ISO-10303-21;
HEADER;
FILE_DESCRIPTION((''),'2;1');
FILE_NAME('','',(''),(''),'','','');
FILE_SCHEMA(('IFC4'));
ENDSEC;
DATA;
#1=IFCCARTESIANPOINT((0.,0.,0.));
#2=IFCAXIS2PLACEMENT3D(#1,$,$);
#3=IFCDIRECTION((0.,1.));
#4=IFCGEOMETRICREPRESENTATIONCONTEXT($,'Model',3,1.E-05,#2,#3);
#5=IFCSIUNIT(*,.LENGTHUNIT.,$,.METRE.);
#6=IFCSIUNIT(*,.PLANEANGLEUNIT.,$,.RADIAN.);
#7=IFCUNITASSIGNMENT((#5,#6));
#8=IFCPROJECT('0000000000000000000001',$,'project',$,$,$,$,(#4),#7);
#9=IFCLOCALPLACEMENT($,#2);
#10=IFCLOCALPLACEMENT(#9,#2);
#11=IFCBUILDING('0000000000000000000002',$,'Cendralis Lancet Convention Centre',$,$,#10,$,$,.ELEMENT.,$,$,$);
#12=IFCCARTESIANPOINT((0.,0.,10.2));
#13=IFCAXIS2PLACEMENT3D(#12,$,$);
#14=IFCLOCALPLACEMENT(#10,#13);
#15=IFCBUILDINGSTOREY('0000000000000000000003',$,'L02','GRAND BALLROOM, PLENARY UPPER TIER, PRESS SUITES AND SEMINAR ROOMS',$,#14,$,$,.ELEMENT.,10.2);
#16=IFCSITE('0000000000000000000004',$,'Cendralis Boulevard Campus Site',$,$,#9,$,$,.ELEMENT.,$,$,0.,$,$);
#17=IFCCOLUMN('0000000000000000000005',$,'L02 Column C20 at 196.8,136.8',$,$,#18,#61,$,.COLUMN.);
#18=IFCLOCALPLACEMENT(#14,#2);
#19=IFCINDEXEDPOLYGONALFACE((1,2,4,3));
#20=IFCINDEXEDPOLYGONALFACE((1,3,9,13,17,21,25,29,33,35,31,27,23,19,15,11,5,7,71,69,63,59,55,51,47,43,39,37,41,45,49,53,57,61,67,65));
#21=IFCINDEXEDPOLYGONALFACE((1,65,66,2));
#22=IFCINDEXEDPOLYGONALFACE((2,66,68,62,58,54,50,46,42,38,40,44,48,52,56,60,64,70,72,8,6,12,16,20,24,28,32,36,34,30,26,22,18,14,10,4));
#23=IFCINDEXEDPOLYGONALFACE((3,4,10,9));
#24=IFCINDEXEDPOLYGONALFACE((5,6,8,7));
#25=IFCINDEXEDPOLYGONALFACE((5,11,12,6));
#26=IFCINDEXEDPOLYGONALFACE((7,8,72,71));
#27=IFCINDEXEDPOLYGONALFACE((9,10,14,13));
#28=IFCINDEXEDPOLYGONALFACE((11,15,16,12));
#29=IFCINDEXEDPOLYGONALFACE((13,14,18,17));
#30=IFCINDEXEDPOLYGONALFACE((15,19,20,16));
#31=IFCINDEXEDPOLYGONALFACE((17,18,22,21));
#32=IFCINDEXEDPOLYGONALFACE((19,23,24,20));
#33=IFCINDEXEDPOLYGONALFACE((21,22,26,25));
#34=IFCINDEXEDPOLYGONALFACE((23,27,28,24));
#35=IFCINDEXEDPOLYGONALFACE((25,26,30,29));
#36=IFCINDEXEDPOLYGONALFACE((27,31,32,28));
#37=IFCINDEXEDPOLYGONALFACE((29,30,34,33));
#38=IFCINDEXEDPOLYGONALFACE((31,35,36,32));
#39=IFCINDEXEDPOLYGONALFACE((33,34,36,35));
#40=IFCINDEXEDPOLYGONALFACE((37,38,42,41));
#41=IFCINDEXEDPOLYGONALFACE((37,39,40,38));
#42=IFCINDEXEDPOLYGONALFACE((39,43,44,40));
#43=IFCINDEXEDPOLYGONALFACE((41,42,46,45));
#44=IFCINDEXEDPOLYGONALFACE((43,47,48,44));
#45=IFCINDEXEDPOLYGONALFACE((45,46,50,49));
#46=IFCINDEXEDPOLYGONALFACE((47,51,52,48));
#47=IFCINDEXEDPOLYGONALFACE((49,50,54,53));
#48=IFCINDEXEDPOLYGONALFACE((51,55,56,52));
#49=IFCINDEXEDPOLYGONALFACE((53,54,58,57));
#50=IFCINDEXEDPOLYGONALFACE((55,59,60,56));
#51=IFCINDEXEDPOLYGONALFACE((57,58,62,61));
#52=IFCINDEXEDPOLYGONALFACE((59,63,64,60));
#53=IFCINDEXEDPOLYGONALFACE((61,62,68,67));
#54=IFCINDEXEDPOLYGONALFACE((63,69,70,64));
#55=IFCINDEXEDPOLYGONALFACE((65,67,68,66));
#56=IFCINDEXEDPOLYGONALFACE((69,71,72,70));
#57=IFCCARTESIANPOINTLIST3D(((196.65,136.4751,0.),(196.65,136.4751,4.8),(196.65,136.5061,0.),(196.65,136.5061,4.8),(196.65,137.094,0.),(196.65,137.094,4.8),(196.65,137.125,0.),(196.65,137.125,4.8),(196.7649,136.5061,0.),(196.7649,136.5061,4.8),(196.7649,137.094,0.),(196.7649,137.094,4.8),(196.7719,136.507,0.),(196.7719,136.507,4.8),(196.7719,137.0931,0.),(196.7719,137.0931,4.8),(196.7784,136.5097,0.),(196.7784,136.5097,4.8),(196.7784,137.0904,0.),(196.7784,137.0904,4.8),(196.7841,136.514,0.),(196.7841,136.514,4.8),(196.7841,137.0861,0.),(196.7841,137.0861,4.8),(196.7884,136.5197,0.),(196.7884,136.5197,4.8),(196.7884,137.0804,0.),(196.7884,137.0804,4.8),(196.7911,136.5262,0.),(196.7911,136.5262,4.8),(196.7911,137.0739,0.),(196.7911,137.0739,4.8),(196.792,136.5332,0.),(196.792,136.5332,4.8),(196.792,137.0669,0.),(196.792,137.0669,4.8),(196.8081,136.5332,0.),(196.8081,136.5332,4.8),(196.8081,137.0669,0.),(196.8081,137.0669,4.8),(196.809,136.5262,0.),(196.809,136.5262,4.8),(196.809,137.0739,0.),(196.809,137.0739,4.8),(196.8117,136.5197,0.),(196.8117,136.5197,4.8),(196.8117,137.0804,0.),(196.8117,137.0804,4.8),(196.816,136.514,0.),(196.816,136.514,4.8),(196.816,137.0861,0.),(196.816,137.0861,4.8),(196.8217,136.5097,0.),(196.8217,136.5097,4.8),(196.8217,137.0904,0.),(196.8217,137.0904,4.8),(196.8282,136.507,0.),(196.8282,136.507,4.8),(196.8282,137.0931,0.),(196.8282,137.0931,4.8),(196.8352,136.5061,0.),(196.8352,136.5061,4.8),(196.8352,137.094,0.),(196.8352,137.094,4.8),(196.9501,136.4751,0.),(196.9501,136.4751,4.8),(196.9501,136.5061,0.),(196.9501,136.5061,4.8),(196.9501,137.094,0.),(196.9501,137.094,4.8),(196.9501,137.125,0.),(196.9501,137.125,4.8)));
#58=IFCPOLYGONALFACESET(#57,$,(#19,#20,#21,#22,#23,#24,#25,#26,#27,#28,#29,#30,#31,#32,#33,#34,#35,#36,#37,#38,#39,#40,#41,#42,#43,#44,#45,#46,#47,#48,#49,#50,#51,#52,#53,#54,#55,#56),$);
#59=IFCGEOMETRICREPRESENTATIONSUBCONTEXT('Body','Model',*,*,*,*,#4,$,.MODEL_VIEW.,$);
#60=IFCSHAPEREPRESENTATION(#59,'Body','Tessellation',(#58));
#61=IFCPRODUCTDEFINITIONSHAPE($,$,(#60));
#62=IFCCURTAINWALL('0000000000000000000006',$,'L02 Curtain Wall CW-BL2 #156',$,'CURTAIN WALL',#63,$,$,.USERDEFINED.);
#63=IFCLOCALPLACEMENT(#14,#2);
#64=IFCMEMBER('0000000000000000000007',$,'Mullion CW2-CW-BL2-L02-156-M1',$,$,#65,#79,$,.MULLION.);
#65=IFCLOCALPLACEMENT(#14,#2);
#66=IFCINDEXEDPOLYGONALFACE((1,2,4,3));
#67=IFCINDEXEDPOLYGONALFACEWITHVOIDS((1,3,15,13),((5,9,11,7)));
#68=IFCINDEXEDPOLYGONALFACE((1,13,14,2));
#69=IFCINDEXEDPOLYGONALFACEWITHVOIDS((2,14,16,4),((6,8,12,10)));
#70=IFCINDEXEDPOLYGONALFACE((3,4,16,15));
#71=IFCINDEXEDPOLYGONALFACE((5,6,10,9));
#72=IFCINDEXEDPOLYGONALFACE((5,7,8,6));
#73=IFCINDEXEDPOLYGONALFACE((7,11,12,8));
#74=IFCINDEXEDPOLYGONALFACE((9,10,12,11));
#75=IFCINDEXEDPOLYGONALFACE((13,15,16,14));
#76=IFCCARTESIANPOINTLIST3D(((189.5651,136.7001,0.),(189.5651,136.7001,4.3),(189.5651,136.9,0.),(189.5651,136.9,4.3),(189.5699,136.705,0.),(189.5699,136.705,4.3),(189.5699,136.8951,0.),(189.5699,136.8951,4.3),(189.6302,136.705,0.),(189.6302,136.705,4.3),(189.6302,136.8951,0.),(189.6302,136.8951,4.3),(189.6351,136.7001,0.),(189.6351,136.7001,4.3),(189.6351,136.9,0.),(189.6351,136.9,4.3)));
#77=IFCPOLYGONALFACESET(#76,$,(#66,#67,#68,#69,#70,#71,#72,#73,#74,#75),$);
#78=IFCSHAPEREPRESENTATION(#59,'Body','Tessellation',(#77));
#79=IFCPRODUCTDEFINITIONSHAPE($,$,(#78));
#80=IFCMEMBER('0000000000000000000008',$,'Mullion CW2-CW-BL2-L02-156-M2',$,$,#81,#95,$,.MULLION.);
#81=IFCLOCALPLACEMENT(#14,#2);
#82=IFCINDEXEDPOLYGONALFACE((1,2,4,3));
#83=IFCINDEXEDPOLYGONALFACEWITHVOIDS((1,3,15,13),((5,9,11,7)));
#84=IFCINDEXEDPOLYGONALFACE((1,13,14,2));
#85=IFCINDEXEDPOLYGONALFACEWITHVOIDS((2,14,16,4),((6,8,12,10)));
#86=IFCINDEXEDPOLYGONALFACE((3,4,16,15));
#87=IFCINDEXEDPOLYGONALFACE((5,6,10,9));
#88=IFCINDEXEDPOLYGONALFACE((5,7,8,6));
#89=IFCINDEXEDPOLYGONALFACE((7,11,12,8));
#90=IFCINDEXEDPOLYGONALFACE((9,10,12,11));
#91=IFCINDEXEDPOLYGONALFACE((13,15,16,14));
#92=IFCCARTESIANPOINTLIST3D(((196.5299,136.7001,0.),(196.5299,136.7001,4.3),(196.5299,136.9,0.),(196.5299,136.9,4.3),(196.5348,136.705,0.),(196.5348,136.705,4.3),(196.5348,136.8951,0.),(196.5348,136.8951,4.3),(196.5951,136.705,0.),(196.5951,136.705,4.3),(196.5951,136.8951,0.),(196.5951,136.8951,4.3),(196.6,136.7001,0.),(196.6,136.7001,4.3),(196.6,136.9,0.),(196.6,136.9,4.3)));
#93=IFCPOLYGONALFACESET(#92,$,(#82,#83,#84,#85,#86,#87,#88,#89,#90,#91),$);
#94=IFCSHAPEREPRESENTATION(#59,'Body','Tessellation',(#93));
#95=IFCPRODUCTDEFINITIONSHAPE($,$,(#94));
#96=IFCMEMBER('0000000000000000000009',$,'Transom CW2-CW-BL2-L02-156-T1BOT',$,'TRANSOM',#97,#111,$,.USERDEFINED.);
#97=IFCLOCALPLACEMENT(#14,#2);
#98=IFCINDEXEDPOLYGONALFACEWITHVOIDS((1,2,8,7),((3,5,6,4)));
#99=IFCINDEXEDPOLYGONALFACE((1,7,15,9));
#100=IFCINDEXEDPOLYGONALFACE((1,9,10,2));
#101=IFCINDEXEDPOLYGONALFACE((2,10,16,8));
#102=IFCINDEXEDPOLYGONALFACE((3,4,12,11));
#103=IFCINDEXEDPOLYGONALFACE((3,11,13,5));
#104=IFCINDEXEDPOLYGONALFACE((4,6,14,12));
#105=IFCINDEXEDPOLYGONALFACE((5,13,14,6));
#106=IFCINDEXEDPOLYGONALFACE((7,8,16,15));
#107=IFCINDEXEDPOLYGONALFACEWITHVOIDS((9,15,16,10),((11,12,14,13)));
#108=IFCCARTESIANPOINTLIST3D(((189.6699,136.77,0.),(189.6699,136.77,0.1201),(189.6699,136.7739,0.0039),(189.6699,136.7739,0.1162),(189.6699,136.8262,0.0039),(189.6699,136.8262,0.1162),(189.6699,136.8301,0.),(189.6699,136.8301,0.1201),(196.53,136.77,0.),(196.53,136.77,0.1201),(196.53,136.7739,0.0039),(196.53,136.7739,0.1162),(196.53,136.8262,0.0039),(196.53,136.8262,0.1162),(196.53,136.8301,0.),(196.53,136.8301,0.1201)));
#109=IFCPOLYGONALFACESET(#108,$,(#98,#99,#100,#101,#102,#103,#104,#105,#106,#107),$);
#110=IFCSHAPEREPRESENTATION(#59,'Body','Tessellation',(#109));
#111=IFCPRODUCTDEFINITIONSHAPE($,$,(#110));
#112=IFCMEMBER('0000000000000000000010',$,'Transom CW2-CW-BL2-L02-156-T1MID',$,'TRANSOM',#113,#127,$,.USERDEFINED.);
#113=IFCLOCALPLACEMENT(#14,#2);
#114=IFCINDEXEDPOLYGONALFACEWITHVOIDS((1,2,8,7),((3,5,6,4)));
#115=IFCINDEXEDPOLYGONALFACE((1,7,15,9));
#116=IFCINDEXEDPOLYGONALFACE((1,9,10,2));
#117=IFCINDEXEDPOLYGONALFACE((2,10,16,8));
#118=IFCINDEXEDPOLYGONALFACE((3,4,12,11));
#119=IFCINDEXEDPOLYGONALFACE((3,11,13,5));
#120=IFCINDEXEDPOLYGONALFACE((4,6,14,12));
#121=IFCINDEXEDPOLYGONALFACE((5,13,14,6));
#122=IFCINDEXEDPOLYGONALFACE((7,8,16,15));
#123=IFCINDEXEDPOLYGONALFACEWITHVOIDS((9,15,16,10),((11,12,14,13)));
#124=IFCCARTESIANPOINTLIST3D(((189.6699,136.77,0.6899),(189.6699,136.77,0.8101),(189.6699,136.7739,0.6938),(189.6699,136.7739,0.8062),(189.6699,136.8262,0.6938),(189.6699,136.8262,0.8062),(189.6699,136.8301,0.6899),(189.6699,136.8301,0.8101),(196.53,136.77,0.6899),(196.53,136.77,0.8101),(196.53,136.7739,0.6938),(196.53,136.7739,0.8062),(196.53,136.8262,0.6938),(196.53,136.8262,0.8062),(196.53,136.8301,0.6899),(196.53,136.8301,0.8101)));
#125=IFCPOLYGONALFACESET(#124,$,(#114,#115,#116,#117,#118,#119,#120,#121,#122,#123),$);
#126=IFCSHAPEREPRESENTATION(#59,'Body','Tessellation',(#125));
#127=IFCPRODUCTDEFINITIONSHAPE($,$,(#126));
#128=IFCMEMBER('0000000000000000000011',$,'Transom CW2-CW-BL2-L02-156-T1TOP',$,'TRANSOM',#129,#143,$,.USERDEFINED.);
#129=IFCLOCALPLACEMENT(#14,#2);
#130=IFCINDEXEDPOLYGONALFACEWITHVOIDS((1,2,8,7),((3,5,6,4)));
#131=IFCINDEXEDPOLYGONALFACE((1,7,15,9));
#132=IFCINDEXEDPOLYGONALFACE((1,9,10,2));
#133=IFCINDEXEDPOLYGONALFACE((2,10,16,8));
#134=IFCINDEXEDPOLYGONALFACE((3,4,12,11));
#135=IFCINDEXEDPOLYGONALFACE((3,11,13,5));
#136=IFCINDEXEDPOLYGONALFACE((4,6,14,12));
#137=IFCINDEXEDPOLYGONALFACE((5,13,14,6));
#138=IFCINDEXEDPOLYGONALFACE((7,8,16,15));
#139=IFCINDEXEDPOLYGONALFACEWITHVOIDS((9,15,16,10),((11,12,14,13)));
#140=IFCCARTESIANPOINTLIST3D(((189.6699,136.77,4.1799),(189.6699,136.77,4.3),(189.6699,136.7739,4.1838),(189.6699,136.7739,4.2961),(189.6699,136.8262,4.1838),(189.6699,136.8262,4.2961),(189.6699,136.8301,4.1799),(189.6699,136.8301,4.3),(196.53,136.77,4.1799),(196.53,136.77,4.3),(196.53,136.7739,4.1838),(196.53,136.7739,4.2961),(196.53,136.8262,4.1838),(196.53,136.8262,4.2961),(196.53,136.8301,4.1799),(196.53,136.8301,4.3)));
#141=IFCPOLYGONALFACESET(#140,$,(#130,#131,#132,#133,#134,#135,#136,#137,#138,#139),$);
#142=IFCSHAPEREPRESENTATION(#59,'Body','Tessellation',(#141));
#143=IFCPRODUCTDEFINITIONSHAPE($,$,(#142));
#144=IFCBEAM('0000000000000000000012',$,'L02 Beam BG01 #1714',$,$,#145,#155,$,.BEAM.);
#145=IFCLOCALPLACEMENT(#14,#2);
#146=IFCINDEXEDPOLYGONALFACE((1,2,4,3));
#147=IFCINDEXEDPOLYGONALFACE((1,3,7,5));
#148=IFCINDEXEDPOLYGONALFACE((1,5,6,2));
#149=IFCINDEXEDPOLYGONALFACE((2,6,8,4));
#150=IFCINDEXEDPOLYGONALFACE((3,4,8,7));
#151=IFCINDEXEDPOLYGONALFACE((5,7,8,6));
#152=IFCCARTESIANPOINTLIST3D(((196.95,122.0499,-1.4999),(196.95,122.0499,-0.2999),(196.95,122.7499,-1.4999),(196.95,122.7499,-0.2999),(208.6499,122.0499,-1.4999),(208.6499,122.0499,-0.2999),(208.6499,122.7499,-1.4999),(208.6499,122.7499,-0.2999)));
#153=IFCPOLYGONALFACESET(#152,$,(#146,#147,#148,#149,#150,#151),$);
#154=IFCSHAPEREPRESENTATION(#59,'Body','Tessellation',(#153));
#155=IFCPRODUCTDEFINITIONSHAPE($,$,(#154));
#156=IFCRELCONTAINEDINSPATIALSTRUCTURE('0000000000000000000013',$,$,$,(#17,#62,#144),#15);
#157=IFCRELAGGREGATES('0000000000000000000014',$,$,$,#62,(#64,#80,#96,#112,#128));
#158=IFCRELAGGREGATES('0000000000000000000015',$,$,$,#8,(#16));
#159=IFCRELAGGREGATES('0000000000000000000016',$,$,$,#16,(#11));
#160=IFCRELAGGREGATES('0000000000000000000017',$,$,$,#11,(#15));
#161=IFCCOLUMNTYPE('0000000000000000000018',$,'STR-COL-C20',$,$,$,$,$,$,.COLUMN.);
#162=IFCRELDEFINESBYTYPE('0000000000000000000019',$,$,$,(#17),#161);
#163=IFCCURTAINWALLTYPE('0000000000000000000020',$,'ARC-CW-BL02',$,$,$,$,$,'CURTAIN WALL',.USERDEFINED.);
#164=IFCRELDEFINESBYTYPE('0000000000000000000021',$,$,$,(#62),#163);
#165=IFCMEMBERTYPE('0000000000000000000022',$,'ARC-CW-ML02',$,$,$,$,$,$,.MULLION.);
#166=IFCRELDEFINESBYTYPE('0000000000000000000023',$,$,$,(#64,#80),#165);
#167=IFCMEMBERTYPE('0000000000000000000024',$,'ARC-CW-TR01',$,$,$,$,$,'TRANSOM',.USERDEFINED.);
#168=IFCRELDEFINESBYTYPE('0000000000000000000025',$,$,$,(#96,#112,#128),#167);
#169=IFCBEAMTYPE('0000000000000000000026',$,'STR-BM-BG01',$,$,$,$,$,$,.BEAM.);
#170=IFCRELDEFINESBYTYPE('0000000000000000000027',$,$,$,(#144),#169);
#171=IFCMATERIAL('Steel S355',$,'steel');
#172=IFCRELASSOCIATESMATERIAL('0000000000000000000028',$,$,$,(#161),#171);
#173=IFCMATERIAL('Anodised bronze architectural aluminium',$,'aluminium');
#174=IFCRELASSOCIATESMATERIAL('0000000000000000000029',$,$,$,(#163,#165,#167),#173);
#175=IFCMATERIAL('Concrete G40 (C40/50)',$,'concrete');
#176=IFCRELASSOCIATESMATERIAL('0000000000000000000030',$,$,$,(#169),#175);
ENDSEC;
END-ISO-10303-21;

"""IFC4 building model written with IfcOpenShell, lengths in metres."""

from ifc_helpers import new_model, si_unit, direction, frame, origin, origin_2d, place, context, subcontext, project, spatial, rectangle, hollow_rectangle, i_section, extrude, material, material_profile, profile_set, type_object, element, aggregate, save


model = new_model("IFC4")

# Units and contexts
model_context = context("Model", 3, precision=1e-05, world=origin(), true_north=direction((0.0, 1.0)))
body_context = subcontext(model_context, "Body", "Model", "MODEL_VIEW")
ifc_project = project(units=[si_unit("LENGTHUNIT", "METRE"), si_unit("PLANEANGLEUNIT", "RADIAN")], contexts=[model_context])

# Site, building, storey
site_placement = place(None, origin())
site = spatial("IfcSite", under=ifc_project, at=site_placement, Name="Cendralis Boulevard Campus Site", CompositionType="ELEMENT", RefElevation=0.0)
building_placement = place(site_placement, origin())
building = spatial("IfcBuilding", under=site, at=building_placement, Name="Cendralis Lancet Convention Centre", CompositionType="ELEMENT")
storey_placement = place(building_placement, frame((0.0, 0.0, 10.2)))
storey = spatial("IfcBuildingStorey", under=building, at=storey_placement, Name="L02", Description="GRAND BALLROOM, PLENARY UPPER TIER, PRESS SUITES AND SEMINAR ROOMS", CompositionType="ELEMENT", Elevation=10.2)

# Column
ifc_material_1 = material(Name="Steel S355", Category="steel")
ifc_material_profile_1 = material_profile(ifc_material_1, i_section(OverallWidth=0.3, OverallDepth=0.6499, WebThickness=0.0161, FlangeThickness=0.031, FilletRadius=0.0271, at=origin_2d()), Name="HEB 650")
ifc_profile_set_1 = profile_set([ifc_material_profile_1], Name="Steel S355")
column_type = type_object("IfcColumnType", Name="STR-COL-C20", PredefinedType="COLUMN", material=ifc_profile_set_1)
column_placement = place(storey_placement, frame((196.8, 136.8, 0.0), z_axis=(0.0, 0.0, 1.0), x_axis=(1.0, 0.0, 0.0)))
element("IfcColumn", 1, at=column_placement, inside=storey, type_object=column_type, Name="L02 Column C20 at 196.8,136.8", PredefinedType="COLUMN", context=body_context, shape_type="SweptSolid", body=[
    extrude(i_section(OverallWidth=0.3, OverallDepth=0.6499, WebThickness=0.0161, FlangeThickness=0.031, FilletRadius=0.0271, at=origin_2d()), origin(), (0.0, 0.0, 1.0), 4.8),
])

# Curtain wall, members
ifc_material_2 = material(Name="Anodised bronze architectural aluminium", Category="aluminium")
curtain_wall_type = type_object("IfcCurtainWallType", Name="ARC-CW-BL02", ElementType="CURTAIN WALL", PredefinedType="USERDEFINED", material=ifc_material_2)
curtain_wall_placement = place(storey_placement, origin())
curtain_wall = element("IfcCurtainWall", 2, at=curtain_wall_placement, inside=storey, type_object=curtain_wall_type, Name="L02 Curtain Wall CW-BL2 #156", ObjectType="CURTAIN WALL", PredefinedType="USERDEFINED")
ifc_material_profile_2 = material_profile(ifc_material_2, hollow_rectangle(XDim=0.0701, YDim=0.2, WallThickness=0.0049, at=origin_2d()), Name="AL-MULL 70x200x5.0")
ifc_profile_set_2 = profile_set([ifc_material_profile_2], Name="Anodised bronze architectural aluminium")
member_type_1 = type_object("IfcMemberType", Name="ARC-CW-ML02", PredefinedType="MULLION", material=ifc_profile_set_2)
member_1_placement = place(storey_placement, frame((189.6001, 136.8, 0.0), z_axis=(0.0, 0.0, 1.0), x_axis=(1.0, 0.0, 0.0)))
member_1 = element("IfcMember", 3, at=member_1_placement, type_object=member_type_1, Name="Mullion CW2-CW-BL2-L02-156-M1", PredefinedType="MULLION", context=body_context, shape_type="SweptSolid", body=[
    extrude(hollow_rectangle(XDim=0.0701, YDim=0.2, WallThickness=0.0049, at=origin_2d()), origin(), (0.0, 0.0, 1.0), 4.3),
])
member_2_placement = place(storey_placement, frame((196.5649, 136.8, 0.0), z_axis=(0.0, 0.0, 1.0), x_axis=(1.0, 0.0, 0.0)))
member_2 = element("IfcMember", 4, at=member_2_placement, type_object=member_type_1, Name="Mullion CW2-CW-BL2-L02-156-M2", PredefinedType="MULLION", context=body_context, shape_type="SweptSolid", body=[
    extrude(hollow_rectangle(XDim=0.0701, YDim=0.2, WallThickness=0.0049, at=origin_2d()), origin(), (0.0, 0.0, 1.0), 4.3),
])
ifc_material_profile_3 = material_profile(ifc_material_2, hollow_rectangle(XDim=0.0601, YDim=0.1201, WallThickness=0.0039, at=origin_2d()), Name="AL-TRAN 60x120x4.0")
ifc_profile_set_3 = profile_set([ifc_material_profile_3], Name="Anodised bronze architectural aluminium")
member_type_2 = type_object("IfcMemberType", Name="ARC-CW-TR01", ElementType="TRANSOM", PredefinedType="USERDEFINED", material=ifc_profile_set_3)
member_3_placement = place(storey_placement, frame((189.6699, 136.8, 0.0601), z_axis=(1.0, 0.0, 0.0), x_axis=(0.0, 1.0, 0.0)))
member_3 = element("IfcMember", 5, at=member_3_placement, type_object=member_type_2, Name="Transom CW2-CW-BL2-L02-156-T1BOT", ObjectType="TRANSOM", PredefinedType="USERDEFINED", context=body_context, shape_type="SweptSolid", body=[
    extrude(hollow_rectangle(XDim=0.0601, YDim=0.1201, WallThickness=0.0039, at=origin_2d()), origin(), (0.0, 0.0, 1.0), 6.8601),
])
member_4_placement = place(storey_placement, frame((189.6699, 136.8, 0.75), z_axis=(1.0, 0.0, 0.0), x_axis=(0.0, 1.0, 0.0)))
member_4 = element("IfcMember", 6, at=member_4_placement, type_object=member_type_2, Name="Transom CW2-CW-BL2-L02-156-T1MID", ObjectType="TRANSOM", PredefinedType="USERDEFINED", context=body_context, shape_type="SweptSolid", body=[
    extrude(hollow_rectangle(XDim=0.0601, YDim=0.1201, WallThickness=0.0039, at=origin_2d()), origin(), (0.0, 0.0, 1.0), 6.8601),
])
member_5_placement = place(storey_placement, frame((189.6699, 136.8, 4.24), z_axis=(1.0, 0.0, 0.0), x_axis=(0.0, 1.0, 0.0)))
member_5 = element("IfcMember", 7, at=member_5_placement, type_object=member_type_2, Name="Transom CW2-CW-BL2-L02-156-T1TOP", ObjectType="TRANSOM", PredefinedType="USERDEFINED", context=body_context, shape_type="SweptSolid", body=[
    extrude(hollow_rectangle(XDim=0.0601, YDim=0.1201, WallThickness=0.0039, at=origin_2d()), origin(), (0.0, 0.0, 1.0), 6.8601),
])

# Beam
ifc_material_3 = material(Name="Concrete G40 (C40/50)", Category="concrete")
ifc_material_profile_4 = material_profile(ifc_material_3, rectangle(XDim=0.7, YDim=1.2, at=origin_2d()), Name="RCB 700x1200")
ifc_profile_set_4 = profile_set([ifc_material_profile_4], Name="Concrete G40 (C40/50)")
beam_type_1 = type_object("IfcBeamType", Name="STR-BM-BG01", PredefinedType="BEAM", material=ifc_profile_set_4)
beam_1_placement = place(storey_placement, frame((196.95, 122.3999, -0.8999), z_axis=(1.0, 0.0, 0.0), x_axis=(0.0, 1.0, 0.0)))
element("IfcBeam", 8, at=beam_1_placement, inside=storey, type_object=beam_type_1, Name="L02 Beam BG01 #1714", PredefinedType="BEAM", context=body_context, shape_type="SweptSolid", body=[
    extrude(rectangle(XDim=0.7, YDim=1.2, at=origin_2d()), origin(), (0.0, 0.0, 1.0), 11.7),
])

aggregate(curtain_wall, [member_1, member_2, member_3, member_4, member_5])

save(model, "model.ifc")
